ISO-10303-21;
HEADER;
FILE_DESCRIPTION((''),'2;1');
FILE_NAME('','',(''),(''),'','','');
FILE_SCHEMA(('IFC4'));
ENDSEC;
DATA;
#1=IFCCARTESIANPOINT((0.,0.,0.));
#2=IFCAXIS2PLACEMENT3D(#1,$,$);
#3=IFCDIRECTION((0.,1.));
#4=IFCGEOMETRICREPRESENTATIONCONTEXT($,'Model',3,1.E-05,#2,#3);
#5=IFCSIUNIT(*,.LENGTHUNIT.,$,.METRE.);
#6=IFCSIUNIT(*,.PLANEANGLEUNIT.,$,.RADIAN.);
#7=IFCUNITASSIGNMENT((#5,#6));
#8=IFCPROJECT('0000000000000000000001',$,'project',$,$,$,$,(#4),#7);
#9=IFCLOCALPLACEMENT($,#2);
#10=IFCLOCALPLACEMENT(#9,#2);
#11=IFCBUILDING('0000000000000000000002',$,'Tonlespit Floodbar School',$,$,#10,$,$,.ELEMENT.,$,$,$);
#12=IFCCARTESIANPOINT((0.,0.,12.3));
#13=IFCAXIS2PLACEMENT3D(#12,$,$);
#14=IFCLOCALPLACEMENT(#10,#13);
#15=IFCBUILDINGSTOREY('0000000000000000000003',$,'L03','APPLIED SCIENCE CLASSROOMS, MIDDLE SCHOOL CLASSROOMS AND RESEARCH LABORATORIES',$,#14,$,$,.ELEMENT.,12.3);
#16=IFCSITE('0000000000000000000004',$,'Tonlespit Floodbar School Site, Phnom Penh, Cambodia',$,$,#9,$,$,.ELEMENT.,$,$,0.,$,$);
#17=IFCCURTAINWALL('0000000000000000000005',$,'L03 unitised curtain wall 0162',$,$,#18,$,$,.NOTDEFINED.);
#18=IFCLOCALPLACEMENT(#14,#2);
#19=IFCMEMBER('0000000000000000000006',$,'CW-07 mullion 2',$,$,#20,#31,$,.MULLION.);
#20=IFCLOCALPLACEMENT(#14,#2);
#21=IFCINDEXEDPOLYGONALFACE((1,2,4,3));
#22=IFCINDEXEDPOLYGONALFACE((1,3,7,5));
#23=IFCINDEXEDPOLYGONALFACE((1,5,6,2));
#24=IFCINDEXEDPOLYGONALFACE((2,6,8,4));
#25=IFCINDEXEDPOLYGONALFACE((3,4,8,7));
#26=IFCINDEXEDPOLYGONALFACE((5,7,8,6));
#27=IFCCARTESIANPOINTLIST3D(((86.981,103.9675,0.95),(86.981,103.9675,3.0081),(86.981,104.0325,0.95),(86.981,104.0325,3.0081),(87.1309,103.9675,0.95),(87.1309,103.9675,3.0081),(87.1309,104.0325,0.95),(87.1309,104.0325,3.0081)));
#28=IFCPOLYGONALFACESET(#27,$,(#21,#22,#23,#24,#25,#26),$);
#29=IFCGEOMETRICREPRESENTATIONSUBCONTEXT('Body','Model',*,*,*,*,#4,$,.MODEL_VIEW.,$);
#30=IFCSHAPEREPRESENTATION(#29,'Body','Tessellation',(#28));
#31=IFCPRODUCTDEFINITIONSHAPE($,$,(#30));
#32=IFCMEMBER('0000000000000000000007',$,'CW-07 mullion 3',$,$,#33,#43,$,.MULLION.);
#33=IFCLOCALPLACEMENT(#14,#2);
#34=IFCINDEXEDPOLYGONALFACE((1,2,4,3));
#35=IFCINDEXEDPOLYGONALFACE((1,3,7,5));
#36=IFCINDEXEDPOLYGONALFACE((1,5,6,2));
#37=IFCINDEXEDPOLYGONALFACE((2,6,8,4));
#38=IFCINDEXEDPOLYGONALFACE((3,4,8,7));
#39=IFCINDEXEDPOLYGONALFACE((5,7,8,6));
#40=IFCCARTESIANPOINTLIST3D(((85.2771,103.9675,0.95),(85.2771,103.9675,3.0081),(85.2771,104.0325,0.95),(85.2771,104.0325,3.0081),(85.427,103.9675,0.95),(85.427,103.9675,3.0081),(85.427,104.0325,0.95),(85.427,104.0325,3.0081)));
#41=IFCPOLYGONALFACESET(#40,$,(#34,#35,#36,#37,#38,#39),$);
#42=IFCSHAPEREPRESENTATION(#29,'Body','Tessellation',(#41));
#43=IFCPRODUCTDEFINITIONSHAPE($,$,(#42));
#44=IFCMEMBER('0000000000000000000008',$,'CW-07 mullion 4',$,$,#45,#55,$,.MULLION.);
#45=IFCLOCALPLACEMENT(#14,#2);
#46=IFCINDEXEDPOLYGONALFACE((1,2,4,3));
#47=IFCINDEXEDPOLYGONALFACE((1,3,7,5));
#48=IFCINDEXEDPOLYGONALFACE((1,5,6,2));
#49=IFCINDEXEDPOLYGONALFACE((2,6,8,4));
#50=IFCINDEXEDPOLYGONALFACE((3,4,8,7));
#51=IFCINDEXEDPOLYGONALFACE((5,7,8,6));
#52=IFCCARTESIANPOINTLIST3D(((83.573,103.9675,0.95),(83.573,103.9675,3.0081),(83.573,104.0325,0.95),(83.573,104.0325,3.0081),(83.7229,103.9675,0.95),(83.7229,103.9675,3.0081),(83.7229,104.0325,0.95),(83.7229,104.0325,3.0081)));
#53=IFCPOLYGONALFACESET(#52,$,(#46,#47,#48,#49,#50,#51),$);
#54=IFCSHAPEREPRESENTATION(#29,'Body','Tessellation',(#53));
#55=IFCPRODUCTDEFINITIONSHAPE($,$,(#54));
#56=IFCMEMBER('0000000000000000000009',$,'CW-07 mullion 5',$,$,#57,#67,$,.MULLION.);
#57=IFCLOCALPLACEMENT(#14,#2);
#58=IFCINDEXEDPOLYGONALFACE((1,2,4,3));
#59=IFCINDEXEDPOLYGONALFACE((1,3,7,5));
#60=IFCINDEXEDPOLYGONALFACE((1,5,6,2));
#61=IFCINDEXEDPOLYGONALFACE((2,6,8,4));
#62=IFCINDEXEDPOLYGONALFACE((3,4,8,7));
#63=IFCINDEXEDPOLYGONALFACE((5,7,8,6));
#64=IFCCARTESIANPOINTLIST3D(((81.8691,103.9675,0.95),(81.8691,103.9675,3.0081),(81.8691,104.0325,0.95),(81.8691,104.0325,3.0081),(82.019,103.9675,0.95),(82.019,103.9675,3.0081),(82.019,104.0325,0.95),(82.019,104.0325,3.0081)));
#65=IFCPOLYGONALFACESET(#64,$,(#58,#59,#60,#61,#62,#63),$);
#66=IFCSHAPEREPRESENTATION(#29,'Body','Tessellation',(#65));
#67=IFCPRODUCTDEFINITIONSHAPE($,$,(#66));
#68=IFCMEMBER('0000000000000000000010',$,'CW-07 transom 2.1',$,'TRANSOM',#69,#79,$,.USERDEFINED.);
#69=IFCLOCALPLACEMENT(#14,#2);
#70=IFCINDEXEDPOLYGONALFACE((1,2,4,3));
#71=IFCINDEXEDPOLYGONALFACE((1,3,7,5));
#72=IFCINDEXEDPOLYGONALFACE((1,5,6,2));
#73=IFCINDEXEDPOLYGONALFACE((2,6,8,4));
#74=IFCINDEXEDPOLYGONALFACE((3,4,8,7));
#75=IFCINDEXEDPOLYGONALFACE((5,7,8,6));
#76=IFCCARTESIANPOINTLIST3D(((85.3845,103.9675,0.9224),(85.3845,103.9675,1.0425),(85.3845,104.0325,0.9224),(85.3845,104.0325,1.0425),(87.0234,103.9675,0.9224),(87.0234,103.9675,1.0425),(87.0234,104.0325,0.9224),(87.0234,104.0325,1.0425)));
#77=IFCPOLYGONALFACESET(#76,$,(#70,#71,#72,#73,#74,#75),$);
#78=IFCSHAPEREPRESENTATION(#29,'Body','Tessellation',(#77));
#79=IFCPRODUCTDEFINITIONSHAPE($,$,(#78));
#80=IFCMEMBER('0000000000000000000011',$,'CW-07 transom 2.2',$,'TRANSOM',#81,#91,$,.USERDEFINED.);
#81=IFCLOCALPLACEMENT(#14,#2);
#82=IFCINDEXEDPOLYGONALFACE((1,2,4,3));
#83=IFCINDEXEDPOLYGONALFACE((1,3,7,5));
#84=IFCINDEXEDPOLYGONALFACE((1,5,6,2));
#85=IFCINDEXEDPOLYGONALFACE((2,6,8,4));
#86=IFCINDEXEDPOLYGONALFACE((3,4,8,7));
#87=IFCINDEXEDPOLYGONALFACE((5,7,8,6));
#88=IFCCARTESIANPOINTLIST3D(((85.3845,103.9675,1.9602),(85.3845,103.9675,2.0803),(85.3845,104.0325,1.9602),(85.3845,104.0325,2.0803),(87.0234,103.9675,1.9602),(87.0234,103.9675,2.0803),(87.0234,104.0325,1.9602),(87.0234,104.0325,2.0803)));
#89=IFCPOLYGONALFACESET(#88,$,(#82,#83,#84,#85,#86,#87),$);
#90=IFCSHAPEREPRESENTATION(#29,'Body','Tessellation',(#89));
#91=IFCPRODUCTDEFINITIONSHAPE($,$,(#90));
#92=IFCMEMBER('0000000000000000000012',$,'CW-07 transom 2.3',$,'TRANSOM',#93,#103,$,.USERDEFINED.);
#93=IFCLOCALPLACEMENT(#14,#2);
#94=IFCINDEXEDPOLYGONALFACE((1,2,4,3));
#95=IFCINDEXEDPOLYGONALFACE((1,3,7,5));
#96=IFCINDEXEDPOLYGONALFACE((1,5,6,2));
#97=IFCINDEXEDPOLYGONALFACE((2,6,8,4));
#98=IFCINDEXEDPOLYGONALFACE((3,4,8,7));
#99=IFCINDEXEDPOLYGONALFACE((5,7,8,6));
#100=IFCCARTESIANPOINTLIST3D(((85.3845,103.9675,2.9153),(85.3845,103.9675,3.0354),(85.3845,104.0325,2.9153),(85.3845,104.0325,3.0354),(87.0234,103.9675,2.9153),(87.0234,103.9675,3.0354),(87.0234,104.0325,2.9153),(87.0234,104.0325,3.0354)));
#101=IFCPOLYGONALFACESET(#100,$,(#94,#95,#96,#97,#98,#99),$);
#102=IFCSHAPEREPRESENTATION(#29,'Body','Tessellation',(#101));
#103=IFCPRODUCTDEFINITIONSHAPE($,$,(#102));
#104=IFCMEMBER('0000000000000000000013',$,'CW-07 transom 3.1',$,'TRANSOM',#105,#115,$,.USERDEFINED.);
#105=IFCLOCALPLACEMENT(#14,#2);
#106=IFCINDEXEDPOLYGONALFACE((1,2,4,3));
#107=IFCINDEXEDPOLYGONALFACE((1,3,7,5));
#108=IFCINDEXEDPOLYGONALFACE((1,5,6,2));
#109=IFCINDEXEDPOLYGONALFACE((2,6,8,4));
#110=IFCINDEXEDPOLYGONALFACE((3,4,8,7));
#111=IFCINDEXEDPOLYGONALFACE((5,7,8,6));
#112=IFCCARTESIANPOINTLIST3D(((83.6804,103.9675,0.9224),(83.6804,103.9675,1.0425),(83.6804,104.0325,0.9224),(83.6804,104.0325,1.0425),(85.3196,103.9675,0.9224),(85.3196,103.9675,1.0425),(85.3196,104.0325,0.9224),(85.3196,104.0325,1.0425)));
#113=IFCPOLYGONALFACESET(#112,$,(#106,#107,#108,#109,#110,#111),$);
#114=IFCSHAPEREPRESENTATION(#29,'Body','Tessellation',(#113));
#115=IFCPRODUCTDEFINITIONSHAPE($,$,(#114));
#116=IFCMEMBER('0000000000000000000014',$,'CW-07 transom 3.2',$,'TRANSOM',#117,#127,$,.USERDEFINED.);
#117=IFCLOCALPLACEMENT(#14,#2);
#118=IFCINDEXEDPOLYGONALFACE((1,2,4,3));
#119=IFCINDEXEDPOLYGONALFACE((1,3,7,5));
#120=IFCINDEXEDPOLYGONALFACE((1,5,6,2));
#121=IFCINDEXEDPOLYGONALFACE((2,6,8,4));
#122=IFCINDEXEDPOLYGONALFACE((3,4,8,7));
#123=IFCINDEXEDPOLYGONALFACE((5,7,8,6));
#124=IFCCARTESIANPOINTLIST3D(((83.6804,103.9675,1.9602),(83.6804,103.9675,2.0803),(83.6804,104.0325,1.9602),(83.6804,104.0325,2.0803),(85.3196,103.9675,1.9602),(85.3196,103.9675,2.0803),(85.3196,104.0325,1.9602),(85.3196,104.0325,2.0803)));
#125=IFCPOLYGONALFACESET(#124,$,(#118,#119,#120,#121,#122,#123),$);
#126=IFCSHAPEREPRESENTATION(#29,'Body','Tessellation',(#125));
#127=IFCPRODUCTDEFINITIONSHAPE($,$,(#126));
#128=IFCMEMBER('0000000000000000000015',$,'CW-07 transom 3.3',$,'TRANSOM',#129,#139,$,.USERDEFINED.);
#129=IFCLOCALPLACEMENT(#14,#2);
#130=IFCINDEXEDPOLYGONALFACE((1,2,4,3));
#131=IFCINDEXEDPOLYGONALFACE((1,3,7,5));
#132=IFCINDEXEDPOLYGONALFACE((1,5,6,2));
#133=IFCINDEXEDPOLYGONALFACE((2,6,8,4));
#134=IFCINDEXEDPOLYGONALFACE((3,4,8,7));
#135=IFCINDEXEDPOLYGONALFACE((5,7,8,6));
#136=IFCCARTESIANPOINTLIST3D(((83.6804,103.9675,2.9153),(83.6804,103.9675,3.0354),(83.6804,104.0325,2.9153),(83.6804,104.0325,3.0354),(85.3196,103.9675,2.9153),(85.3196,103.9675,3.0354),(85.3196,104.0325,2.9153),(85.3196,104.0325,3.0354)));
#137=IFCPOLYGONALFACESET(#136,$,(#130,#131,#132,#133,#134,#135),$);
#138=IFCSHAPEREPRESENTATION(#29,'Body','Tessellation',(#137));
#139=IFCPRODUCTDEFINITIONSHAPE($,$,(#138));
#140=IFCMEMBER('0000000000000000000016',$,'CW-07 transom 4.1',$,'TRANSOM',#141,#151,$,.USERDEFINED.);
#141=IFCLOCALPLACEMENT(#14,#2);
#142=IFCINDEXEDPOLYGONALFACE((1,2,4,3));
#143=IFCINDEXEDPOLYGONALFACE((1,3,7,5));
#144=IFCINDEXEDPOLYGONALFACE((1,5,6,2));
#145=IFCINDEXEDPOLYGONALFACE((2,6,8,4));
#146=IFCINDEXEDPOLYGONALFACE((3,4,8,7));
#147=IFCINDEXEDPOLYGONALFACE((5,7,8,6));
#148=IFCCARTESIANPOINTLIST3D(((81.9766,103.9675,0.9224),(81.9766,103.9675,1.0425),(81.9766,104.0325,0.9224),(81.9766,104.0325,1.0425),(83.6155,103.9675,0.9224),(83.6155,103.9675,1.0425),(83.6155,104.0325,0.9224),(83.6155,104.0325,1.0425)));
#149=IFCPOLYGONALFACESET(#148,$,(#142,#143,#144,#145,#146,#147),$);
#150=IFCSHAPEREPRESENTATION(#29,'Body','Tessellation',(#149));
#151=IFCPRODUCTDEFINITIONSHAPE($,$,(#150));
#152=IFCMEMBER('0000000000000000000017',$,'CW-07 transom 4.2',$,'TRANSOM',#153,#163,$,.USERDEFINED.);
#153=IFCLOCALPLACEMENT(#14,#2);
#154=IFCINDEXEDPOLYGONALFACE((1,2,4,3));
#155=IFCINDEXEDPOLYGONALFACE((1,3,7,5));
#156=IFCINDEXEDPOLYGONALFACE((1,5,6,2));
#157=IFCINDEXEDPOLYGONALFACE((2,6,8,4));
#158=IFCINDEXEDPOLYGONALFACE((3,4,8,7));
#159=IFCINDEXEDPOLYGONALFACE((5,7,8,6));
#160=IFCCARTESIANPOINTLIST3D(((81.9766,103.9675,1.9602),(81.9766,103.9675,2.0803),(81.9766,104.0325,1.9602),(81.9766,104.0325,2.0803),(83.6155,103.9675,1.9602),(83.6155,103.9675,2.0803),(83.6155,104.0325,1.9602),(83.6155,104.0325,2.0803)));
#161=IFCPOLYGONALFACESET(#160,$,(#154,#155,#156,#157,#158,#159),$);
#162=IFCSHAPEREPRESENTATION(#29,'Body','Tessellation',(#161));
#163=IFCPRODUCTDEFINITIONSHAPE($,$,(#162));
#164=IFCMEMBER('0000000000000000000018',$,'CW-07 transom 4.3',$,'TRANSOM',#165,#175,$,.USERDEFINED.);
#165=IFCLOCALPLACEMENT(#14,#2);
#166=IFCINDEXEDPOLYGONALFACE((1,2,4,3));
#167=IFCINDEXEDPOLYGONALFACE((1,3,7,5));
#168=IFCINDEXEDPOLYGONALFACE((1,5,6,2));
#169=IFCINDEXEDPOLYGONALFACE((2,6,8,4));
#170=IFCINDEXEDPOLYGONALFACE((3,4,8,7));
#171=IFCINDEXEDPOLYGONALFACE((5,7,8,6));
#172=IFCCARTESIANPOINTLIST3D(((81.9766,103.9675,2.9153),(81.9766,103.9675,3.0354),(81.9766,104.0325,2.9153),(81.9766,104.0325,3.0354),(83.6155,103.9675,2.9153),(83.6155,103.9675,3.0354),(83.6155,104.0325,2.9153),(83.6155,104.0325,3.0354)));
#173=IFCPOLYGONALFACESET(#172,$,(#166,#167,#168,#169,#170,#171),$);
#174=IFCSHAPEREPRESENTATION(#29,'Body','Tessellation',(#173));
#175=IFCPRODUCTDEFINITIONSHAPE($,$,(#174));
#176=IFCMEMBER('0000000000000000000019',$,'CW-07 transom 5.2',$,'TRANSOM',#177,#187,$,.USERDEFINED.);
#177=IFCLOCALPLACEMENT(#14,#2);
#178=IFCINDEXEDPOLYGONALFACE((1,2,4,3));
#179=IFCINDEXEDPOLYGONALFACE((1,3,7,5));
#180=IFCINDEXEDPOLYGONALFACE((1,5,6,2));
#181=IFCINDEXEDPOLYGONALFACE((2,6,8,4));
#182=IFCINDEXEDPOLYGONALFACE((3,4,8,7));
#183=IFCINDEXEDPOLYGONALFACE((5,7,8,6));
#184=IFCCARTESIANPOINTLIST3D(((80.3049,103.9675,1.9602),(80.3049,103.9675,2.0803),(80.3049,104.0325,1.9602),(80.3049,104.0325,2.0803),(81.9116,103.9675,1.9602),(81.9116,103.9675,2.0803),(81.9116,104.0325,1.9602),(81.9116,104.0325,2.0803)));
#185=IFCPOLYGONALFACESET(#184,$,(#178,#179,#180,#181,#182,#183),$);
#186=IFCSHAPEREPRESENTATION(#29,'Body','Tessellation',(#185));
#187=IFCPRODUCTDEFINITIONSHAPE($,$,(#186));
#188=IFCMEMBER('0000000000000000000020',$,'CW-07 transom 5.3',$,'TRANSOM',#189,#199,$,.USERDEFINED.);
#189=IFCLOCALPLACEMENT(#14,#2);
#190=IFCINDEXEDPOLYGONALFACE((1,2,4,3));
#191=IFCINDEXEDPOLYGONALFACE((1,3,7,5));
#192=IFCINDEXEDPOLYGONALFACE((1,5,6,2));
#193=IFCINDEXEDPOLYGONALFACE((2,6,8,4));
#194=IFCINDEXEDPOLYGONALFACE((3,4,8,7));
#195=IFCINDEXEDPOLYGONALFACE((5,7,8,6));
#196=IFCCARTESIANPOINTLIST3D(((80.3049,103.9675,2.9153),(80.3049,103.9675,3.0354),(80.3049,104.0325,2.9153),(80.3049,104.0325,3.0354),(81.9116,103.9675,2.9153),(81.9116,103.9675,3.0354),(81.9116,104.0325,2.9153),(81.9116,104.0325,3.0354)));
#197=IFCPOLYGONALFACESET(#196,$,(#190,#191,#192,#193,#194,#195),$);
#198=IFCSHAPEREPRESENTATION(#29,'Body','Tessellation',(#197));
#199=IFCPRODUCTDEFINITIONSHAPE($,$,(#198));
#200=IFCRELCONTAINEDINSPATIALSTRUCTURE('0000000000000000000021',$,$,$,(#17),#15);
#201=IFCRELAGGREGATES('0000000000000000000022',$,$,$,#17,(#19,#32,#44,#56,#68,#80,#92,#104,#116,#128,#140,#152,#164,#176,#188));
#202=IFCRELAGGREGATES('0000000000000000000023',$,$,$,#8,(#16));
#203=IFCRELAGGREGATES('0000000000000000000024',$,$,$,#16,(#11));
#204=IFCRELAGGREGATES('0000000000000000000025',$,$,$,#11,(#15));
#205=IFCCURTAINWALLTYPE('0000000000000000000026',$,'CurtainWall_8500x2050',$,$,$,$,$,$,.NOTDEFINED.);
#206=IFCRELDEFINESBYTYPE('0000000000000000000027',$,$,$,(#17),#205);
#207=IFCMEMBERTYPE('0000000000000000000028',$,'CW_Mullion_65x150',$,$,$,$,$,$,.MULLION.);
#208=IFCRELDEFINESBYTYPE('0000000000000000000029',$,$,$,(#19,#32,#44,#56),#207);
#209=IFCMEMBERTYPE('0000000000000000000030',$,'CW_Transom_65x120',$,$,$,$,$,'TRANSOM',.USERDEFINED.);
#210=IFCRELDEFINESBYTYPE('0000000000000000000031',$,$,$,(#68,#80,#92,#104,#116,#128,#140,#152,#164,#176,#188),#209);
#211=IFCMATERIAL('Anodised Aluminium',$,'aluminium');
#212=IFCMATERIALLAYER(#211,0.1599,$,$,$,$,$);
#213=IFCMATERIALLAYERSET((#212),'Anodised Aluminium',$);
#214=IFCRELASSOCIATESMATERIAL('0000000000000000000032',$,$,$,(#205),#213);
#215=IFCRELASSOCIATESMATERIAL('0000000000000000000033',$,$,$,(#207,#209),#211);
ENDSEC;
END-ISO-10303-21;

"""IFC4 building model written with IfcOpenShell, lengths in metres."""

from ifc_helpers import new_model, si_unit, direction, frame, origin, origin_2d, place, context, subcontext, project, spatial, rectangle, extrude, material, layer, layer_set, material_profile, profile_set, type_object, element, aggregate, save


model = new_model("IFC4")

# Units and contexts
model_context = context("Model", 3, precision=1e-05, world=origin(), true_north=direction((0.0, 1.0)))
body_context = subcontext(model_context, "Body", "Model", "MODEL_VIEW")
ifc_project = project(units=[si_unit("LENGTHUNIT", "METRE"), si_unit("PLANEANGLEUNIT", "RADIAN")], contexts=[model_context])

# Site, building, storey
site_placement = place(None, origin())
site = spatial("IfcSite", under=ifc_project, at=site_placement, Name="Tonlespit Floodbar School Site, Phnom Penh, Cambodia", CompositionType="ELEMENT", RefElevation=0.0)
building_placement = place(site_placement, origin())
building = spatial("IfcBuilding", under=site, at=building_placement, Name="Tonlespit Floodbar School", CompositionType="ELEMENT")
storey_placement = place(building_placement, frame((0.0, 0.0, 12.3)))
storey = spatial("IfcBuildingStorey", under=building, at=storey_placement, Name="L03", Description="APPLIED SCIENCE CLASSROOMS, MIDDLE SCHOOL CLASSROOMS AND RESEARCH LABORATORIES", CompositionType="ELEMENT", Elevation=12.3)

# Curtain wall, members
ifc_material_1 = material(Name="Anodised Aluminium", Category="aluminium")
ifc_layer_1 = layer(ifc_material_1, 0.1599)
ifc_layer_set_1 = layer_set([ifc_layer_1], Name="Anodised Aluminium")
curtain_wall_type = type_object("IfcCurtainWallType", Name="CurtainWall_8500x2050", PredefinedType="NOTDEFINED", material=ifc_layer_set_1)
curtain_wall_placement = place(storey_placement, origin())
curtain_wall = element("IfcCurtainWall", 1, at=curtain_wall_placement, inside=storey, type_object=curtain_wall_type, Name="L03 unitised curtain wall 0162", PredefinedType="NOTDEFINED")
ifc_material_profile_1 = material_profile(ifc_material_1, rectangle(XDim=0.0649, YDim=0.1499, at=origin_2d()), Name="ALU M65x150")
ifc_profile_set_1 = profile_set([ifc_material_profile_1], Name="Anodised Aluminium")
member_type_1 = type_object("IfcMemberType", Name="CW_Mullion_65x150", PredefinedType="MULLION", material=ifc_profile_set_1)
member_1_placement = place(storey_placement, frame((87.0559, 104.0, 0.95), z_axis=(0.0, 0.0, 1.0), x_axis=(0.0, -1.0, 0.0)))
member_1 = element("IfcMember", 2, at=member_1_placement, type_object=member_type_1, Name="CW-07 mullion 2", PredefinedType="MULLION", context=body_context, shape_type="SweptSolid", body=[
    extrude(rectangle(XDim=0.0649, YDim=0.1499, at=origin_2d()), origin(), (0.0, 0.0, 1.0), 2.0581),
])
member_2_placement = place(storey_placement, frame((85.3521, 104.0, 0.95), z_axis=(0.0, 0.0, 1.0), x_axis=(0.0, -1.0, 0.0)))
member_2 = element("IfcMember", 3, at=member_2_placement, type_object=member_type_1, Name="CW-07 mullion 3", PredefinedType="MULLION", context=body_context, shape_type="SweptSolid", body=[
    extrude(rectangle(XDim=0.0649, YDim=0.1499, at=origin_2d()), origin(), (0.0, 0.0, 1.0), 2.0581),
])
member_3_placement = place(storey_placement, frame((83.6479, 104.0, 0.95), z_axis=(0.0, 0.0, 1.0), x_axis=(0.0, -1.0, 0.0)))
member_3 = element("IfcMember", 4, at=member_3_placement, type_object=member_type_1, Name="CW-07 mullion 4", PredefinedType="MULLION", context=body_context, shape_type="SweptSolid", body=[
    extrude(rectangle(XDim=0.0649, YDim=0.1499, at=origin_2d()), origin(), (0.0, 0.0, 1.0), 2.0581),
])
member_4_placement = place(storey_placement, frame((81.9441, 104.0, 0.95), z_axis=(0.0, 0.0, 1.0), x_axis=(0.0, -1.0, 0.0)))
member_4 = element("IfcMember", 5, at=member_4_placement, type_object=member_type_1, Name="CW-07 mullion 5", PredefinedType="MULLION", context=body_context, shape_type="SweptSolid", body=[
    extrude(rectangle(XDim=0.0649, YDim=0.1499, at=origin_2d()), origin(), (0.0, 0.0, 1.0), 2.0581),
])
ifc_material_profile_2 = material_profile(ifc_material_1, rectangle(XDim=0.0649, YDim=0.1201, at=origin_2d()), Name="ALU T65x120")
ifc_profile_set_2 = profile_set([ifc_material_profile_2], Name="Anodised Aluminium")
member_type_2 = type_object("IfcMemberType", Name="CW_Transom_65x120", ElementType="TRANSOM", PredefinedType="USERDEFINED", material=ifc_profile_set_2)
member_5_placement = place(storey_placement, frame((87.0234, 104.0, 0.9824), z_axis=(-1.0, 0.0, 0.0), x_axis=(0.0, -1.0, 0.0)))
member_5 = element("IfcMember", 6, at=member_5_placement, type_object=member_type_2, Name="CW-07 transom 2.1", ObjectType="TRANSOM", PredefinedType="USERDEFINED", context=body_context, shape_type="SweptSolid", body=[
    extrude(rectangle(XDim=0.0649, YDim=0.1201, at=origin_2d()), origin(), (0.0, 0.0, 1.0), 1.6389),
])
member_6_placement = place(storey_placement, frame((87.0234, 104.0, 2.0203), z_axis=(-1.0, 0.0, 0.0), x_axis=(0.0, -1.0, 0.0)))
member_6 = element("IfcMember", 7, at=member_6_placement, type_object=member_type_2, Name="CW-07 transom 2.2", ObjectType="TRANSOM", PredefinedType="USERDEFINED", context=body_context, shape_type="SweptSolid", body=[
    extrude(rectangle(XDim=0.0649, YDim=0.1201, at=origin_2d()), origin(), (0.0, 0.0, 1.0), 1.6389),
])
member_7_placement = place(storey_placement, frame((87.0234, 104.0, 2.9753), z_axis=(-1.0, 0.0, 0.0), x_axis=(0.0, -1.0, 0.0)))
member_7 = element("IfcMember", 8, at=member_7_placement, type_object=member_type_2, Name="CW-07 transom 2.3", ObjectType="TRANSOM", PredefinedType="USERDEFINED", context=body_context, shape_type="SweptSolid", body=[
    extrude(rectangle(XDim=0.0649, YDim=0.1201, at=origin_2d()), origin(), (0.0, 0.0, 1.0), 1.6389),
])
member_8_placement = place(storey_placement, frame((85.3196, 104.0, 0.9824), z_axis=(-1.0, 0.0, 0.0), x_axis=(0.0, -1.0, 0.0)))
member_8 = element("IfcMember", 9, at=member_8_placement, type_object=member_type_2, Name="CW-07 transom 3.1", ObjectType="TRANSOM", PredefinedType="USERDEFINED", context=body_context, shape_type="SweptSolid", body=[
    extrude(rectangle(XDim=0.0649, YDim=0.1201, at=origin_2d()), origin(), (0.0, 0.0, 1.0), 1.6392),
])
member_9_placement = place(storey_placement, frame((85.3196, 104.0, 2.0203), z_axis=(-1.0, 0.0, 0.0), x_axis=(0.0, -1.0, 0.0)))
member_9 = element("IfcMember", 10, at=member_9_placement, type_object=member_type_2, Name="CW-07 transom 3.2", ObjectType="TRANSOM", PredefinedType="USERDEFINED", context=body_context, shape_type="SweptSolid", body=[
    extrude(rectangle(XDim=0.0649, YDim=0.1201, at=origin_2d()), origin(), (0.0, 0.0, 1.0), 1.6392),
])
member_10_placement = place(storey_placement, frame((85.3196, 104.0, 2.9753), z_axis=(-1.0, 0.0, 0.0), x_axis=(0.0, -1.0, 0.0)))
member_10 = element("IfcMember", 11, at=member_10_placement, type_object=member_type_2, Name="CW-07 transom 3.3", ObjectType="TRANSOM", PredefinedType="USERDEFINED", context=body_context, shape_type="SweptSolid", body=[
    extrude(rectangle(XDim=0.0649, YDim=0.1201, at=origin_2d()), origin(), (0.0, 0.0, 1.0), 1.6392),
])
member_11_placement = place(storey_placement, frame((83.6155, 104.0, 0.9824), z_axis=(-1.0, 0.0, 0.0), x_axis=(0.0, -1.0, 0.0)))
member_11 = element("IfcMember", 12, at=member_11_placement, type_object=member_type_2, Name="CW-07 transom 4.1", ObjectType="TRANSOM", PredefinedType="USERDEFINED", context=body_context, shape_type="SweptSolid", body=[
    extrude(rectangle(XDim=0.0649, YDim=0.1201, at=origin_2d()), origin(), (0.0, 0.0, 1.0), 1.6389),
])
member_12_placement = place(storey_placement, frame((83.6155, 104.0, 2.0203), z_axis=(-1.0, 0.0, 0.0), x_axis=(0.0, -1.0, 0.0)))
member_12 = element("IfcMember", 13, at=member_12_placement, type_object=member_type_2, Name="CW-07 transom 4.2", ObjectType="TRANSOM", PredefinedType="USERDEFINED", context=body_context, shape_type="SweptSolid", body=[
    extrude(rectangle(XDim=0.0649, YDim=0.1201, at=origin_2d()), origin(), (0.0, 0.0, 1.0), 1.6389),
])
member_13_placement = place(storey_placement, frame((83.6155, 104.0, 2.9753), z_axis=(-1.0, 0.0, 0.0), x_axis=(0.0, -1.0, 0.0)))
member_13 = element("IfcMember", 14, at=member_13_placement, type_object=member_type_2, Name="CW-07 transom 4.3", ObjectType="TRANSOM", PredefinedType="USERDEFINED", context=body_context, shape_type="SweptSolid", body=[
    extrude(rectangle(XDim=0.0649, YDim=0.1201, at=origin_2d()), origin(), (0.0, 0.0, 1.0), 1.6389),
])
member_14_placement = place(storey_placement, frame((81.9116, 104.0, 2.0203), z_axis=(-1.0, 0.0, 0.0), x_axis=(0.0, -1.0, 0.0)))
member_14 = element("IfcMember", 15, at=member_14_placement, type_object=member_type_2, Name="CW-07 transom 5.2", ObjectType="TRANSOM", PredefinedType="USERDEFINED", context=body_context, shape_type="SweptSolid", body=[
    extrude(rectangle(XDim=0.0649, YDim=0.1201, at=origin_2d()), origin(), (0.0, 0.0, 1.0), 1.6067),
])
member_15_placement = place(storey_placement, frame((81.9116, 104.0, 2.9753), z_axis=(-1.0, 0.0, 0.0), x_axis=(0.0, -1.0, 0.0)))
member_15 = element("IfcMember", 16, at=member_15_placement, type_object=member_type_2, Name="CW-07 transom 5.3", ObjectType="TRANSOM", PredefinedType="USERDEFINED", context=body_context, shape_type="SweptSolid", body=[
    extrude(rectangle(XDim=0.0649, YDim=0.1201, at=origin_2d()), origin(), (0.0, 0.0, 1.0), 1.6067),
])
aggregate(curtain_wall, [member_1, member_2, member_3, member_4, member_5, member_6, member_7, member_8, member_9, member_10, member_11, member_12, member_13, member_14, member_15])

save(model, "model.ifc")
